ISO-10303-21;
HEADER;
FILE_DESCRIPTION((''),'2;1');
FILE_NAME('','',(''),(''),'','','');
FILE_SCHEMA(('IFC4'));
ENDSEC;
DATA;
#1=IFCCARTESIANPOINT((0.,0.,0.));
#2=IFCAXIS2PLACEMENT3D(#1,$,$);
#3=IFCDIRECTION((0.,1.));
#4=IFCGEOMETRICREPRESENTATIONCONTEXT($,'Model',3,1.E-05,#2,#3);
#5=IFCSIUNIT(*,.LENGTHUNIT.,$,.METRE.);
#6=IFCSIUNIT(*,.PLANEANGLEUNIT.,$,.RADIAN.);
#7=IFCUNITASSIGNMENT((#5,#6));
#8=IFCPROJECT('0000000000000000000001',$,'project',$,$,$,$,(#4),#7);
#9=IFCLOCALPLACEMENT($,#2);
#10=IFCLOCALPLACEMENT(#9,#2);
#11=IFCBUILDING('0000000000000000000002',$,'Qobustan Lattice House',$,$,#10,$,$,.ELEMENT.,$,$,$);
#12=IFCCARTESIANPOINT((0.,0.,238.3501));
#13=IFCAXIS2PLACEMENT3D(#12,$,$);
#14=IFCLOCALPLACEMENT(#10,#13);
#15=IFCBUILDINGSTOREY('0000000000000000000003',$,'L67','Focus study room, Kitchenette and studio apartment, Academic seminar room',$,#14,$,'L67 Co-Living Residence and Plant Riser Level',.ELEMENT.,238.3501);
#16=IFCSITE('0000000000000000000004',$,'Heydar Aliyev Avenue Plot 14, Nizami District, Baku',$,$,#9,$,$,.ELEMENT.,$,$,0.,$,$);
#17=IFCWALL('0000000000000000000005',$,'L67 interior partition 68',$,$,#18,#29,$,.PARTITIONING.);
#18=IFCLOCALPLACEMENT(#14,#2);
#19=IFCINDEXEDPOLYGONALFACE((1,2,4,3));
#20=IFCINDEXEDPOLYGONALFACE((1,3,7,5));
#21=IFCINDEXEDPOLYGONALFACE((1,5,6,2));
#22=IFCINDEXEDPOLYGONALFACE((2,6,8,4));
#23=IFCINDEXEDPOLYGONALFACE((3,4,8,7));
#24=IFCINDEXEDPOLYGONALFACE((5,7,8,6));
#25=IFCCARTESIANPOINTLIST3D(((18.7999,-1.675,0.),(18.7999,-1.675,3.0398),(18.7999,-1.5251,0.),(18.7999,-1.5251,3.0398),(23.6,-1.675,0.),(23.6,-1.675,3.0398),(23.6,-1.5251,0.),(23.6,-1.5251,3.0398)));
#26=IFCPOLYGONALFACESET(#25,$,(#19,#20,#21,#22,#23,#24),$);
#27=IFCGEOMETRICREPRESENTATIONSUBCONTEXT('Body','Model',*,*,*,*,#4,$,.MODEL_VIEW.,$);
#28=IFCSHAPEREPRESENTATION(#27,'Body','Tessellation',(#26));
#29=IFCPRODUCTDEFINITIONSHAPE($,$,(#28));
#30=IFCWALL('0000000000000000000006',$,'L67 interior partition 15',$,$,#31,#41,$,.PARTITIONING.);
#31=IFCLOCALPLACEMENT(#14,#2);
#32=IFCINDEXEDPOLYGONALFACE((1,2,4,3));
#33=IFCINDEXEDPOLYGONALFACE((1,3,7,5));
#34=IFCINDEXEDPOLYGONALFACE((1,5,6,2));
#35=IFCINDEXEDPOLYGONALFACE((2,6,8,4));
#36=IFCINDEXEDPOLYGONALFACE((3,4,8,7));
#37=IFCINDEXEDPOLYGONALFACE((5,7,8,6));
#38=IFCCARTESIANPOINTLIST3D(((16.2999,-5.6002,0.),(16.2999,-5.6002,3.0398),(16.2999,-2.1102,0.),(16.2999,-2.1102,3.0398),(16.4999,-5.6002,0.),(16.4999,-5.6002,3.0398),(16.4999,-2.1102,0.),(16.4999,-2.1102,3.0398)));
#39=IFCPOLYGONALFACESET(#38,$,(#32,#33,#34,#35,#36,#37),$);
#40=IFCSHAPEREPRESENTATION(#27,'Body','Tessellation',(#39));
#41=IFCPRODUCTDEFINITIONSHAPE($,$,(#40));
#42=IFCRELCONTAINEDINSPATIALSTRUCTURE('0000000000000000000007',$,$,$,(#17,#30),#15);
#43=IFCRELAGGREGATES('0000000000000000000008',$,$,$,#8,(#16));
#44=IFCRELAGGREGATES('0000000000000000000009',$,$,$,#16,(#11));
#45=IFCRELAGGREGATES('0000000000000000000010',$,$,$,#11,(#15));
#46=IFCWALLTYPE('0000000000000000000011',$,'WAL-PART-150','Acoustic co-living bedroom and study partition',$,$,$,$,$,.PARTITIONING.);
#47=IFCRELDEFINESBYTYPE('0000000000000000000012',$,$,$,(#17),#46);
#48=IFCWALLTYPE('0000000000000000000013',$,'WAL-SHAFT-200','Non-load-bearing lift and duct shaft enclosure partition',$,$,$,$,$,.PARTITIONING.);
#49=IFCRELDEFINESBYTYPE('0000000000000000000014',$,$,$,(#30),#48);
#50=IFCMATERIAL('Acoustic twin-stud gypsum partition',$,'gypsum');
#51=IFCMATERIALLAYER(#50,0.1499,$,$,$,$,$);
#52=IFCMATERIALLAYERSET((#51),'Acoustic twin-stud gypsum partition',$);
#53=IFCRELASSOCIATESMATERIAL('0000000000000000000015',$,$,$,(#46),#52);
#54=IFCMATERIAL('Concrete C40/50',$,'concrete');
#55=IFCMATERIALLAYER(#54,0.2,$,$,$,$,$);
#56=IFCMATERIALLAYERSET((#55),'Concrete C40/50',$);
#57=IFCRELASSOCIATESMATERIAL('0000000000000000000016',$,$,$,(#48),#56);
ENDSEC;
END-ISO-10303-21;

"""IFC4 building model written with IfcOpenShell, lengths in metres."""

from ifc_helpers import new_model, si_unit, direction, frame, frame_2d, origin, place, context, subcontext, project, spatial, rectangle, extrude, material, layer, layer_set, type_object, element, save


model = new_model("IFC4")

# Units and contexts
model_context = context("Model", 3, precision=1e-05, world=origin(), true_north=direction((0.0, 1.0)))
body_context = subcontext(model_context, "Body", "Model", "MODEL_VIEW")
ifc_project = project(units=[si_unit("LENGTHUNIT", "METRE"), si_unit("PLANEANGLEUNIT", "RADIAN")], contexts=[model_context])

# Site, building, storey
site_placement = place(None, origin())
site = spatial("IfcSite", under=ifc_project, at=site_placement, Name="Heydar Aliyev Avenue Plot 14, Nizami District, Baku", CompositionType="ELEMENT", RefElevation=0.0)
building_placement = place(site_placement, origin())
building = spatial("IfcBuilding", under=site, at=building_placement, Name="Qobustan Lattice House", CompositionType="ELEMENT")
storey_placement = place(building_placement, frame((0.0, 0.0, 238.3501)))
storey = spatial("IfcBuildingStorey", under=building, at=storey_placement, Name="L67", Description="Focus study room, Kitchenette and studio apartment, Academic seminar room", LongName="L67 Co-Living Residence and Plant Riser Level", CompositionType="ELEMENT", Elevation=238.3501)

# Shared definitions
ifc_material_1 = material(Name="Acoustic twin-stud gypsum partition", Category="gypsum")
ifc_layer_1 = layer(ifc_material_1, 0.1499)
ifc_layer_set_1 = layer_set([ifc_layer_1], Name="Acoustic twin-stud gypsum partition")
wall_type_1 = type_object("IfcWallType", Name="WAL-PART-150", Description="Acoustic co-living bedroom and study partition", PredefinedType="PARTITIONING", material=ifc_layer_set_1)

# Walls
wall_1_placement = place(storey_placement, frame((18.8, -1.6001, 0.0), z_axis=(0.0, 0.0, 1.0), x_axis=(1.0, 0.0, 0.0)))
element("IfcWall", 1, at=wall_1_placement, inside=storey, type_object=wall_type_1, Name="L67 interior partition 68", PredefinedType="PARTITIONING", context=body_context, shape_type="SweptSolid", body=[
    extrude(rectangle(XDim=4.8, YDim=0.1499, at=frame_2d((2.3999, 0.0))), origin(), (0.0, 0.0, 1.0), 3.0398),
])
ifc_material_2 = material(Name="Concrete C40/50", Category="concrete")
ifc_layer_2 = layer(ifc_material_2, 0.2)
ifc_layer_set_2 = layer_set([ifc_layer_2], Name="Concrete C40/50")
wall_type_2 = type_object("IfcWallType", Name="WAL-SHAFT-200", Description="Non-load-bearing lift and duct shaft enclosure partition", PredefinedType="PARTITIONING", material=ifc_layer_set_2)
wall_2_placement = place(storey_placement, frame((16.3999, -2.1101, 0.0), z_axis=(0.0, 0.0, 1.0), x_axis=(0.0, -1.0, 0.0)))
element("IfcWall", 2, at=wall_2_placement, inside=storey, type_object=wall_type_2, Name="L67 interior partition 15", PredefinedType="PARTITIONING", context=body_context, shape_type="SweptSolid", body=[
    extrude(rectangle(XDim=3.49, YDim=0.2, at=frame_2d((1.7451, 0.0))), origin(), (0.0, 0.0, 1.0), 3.0398),
])

save(model, "model.ifc")
